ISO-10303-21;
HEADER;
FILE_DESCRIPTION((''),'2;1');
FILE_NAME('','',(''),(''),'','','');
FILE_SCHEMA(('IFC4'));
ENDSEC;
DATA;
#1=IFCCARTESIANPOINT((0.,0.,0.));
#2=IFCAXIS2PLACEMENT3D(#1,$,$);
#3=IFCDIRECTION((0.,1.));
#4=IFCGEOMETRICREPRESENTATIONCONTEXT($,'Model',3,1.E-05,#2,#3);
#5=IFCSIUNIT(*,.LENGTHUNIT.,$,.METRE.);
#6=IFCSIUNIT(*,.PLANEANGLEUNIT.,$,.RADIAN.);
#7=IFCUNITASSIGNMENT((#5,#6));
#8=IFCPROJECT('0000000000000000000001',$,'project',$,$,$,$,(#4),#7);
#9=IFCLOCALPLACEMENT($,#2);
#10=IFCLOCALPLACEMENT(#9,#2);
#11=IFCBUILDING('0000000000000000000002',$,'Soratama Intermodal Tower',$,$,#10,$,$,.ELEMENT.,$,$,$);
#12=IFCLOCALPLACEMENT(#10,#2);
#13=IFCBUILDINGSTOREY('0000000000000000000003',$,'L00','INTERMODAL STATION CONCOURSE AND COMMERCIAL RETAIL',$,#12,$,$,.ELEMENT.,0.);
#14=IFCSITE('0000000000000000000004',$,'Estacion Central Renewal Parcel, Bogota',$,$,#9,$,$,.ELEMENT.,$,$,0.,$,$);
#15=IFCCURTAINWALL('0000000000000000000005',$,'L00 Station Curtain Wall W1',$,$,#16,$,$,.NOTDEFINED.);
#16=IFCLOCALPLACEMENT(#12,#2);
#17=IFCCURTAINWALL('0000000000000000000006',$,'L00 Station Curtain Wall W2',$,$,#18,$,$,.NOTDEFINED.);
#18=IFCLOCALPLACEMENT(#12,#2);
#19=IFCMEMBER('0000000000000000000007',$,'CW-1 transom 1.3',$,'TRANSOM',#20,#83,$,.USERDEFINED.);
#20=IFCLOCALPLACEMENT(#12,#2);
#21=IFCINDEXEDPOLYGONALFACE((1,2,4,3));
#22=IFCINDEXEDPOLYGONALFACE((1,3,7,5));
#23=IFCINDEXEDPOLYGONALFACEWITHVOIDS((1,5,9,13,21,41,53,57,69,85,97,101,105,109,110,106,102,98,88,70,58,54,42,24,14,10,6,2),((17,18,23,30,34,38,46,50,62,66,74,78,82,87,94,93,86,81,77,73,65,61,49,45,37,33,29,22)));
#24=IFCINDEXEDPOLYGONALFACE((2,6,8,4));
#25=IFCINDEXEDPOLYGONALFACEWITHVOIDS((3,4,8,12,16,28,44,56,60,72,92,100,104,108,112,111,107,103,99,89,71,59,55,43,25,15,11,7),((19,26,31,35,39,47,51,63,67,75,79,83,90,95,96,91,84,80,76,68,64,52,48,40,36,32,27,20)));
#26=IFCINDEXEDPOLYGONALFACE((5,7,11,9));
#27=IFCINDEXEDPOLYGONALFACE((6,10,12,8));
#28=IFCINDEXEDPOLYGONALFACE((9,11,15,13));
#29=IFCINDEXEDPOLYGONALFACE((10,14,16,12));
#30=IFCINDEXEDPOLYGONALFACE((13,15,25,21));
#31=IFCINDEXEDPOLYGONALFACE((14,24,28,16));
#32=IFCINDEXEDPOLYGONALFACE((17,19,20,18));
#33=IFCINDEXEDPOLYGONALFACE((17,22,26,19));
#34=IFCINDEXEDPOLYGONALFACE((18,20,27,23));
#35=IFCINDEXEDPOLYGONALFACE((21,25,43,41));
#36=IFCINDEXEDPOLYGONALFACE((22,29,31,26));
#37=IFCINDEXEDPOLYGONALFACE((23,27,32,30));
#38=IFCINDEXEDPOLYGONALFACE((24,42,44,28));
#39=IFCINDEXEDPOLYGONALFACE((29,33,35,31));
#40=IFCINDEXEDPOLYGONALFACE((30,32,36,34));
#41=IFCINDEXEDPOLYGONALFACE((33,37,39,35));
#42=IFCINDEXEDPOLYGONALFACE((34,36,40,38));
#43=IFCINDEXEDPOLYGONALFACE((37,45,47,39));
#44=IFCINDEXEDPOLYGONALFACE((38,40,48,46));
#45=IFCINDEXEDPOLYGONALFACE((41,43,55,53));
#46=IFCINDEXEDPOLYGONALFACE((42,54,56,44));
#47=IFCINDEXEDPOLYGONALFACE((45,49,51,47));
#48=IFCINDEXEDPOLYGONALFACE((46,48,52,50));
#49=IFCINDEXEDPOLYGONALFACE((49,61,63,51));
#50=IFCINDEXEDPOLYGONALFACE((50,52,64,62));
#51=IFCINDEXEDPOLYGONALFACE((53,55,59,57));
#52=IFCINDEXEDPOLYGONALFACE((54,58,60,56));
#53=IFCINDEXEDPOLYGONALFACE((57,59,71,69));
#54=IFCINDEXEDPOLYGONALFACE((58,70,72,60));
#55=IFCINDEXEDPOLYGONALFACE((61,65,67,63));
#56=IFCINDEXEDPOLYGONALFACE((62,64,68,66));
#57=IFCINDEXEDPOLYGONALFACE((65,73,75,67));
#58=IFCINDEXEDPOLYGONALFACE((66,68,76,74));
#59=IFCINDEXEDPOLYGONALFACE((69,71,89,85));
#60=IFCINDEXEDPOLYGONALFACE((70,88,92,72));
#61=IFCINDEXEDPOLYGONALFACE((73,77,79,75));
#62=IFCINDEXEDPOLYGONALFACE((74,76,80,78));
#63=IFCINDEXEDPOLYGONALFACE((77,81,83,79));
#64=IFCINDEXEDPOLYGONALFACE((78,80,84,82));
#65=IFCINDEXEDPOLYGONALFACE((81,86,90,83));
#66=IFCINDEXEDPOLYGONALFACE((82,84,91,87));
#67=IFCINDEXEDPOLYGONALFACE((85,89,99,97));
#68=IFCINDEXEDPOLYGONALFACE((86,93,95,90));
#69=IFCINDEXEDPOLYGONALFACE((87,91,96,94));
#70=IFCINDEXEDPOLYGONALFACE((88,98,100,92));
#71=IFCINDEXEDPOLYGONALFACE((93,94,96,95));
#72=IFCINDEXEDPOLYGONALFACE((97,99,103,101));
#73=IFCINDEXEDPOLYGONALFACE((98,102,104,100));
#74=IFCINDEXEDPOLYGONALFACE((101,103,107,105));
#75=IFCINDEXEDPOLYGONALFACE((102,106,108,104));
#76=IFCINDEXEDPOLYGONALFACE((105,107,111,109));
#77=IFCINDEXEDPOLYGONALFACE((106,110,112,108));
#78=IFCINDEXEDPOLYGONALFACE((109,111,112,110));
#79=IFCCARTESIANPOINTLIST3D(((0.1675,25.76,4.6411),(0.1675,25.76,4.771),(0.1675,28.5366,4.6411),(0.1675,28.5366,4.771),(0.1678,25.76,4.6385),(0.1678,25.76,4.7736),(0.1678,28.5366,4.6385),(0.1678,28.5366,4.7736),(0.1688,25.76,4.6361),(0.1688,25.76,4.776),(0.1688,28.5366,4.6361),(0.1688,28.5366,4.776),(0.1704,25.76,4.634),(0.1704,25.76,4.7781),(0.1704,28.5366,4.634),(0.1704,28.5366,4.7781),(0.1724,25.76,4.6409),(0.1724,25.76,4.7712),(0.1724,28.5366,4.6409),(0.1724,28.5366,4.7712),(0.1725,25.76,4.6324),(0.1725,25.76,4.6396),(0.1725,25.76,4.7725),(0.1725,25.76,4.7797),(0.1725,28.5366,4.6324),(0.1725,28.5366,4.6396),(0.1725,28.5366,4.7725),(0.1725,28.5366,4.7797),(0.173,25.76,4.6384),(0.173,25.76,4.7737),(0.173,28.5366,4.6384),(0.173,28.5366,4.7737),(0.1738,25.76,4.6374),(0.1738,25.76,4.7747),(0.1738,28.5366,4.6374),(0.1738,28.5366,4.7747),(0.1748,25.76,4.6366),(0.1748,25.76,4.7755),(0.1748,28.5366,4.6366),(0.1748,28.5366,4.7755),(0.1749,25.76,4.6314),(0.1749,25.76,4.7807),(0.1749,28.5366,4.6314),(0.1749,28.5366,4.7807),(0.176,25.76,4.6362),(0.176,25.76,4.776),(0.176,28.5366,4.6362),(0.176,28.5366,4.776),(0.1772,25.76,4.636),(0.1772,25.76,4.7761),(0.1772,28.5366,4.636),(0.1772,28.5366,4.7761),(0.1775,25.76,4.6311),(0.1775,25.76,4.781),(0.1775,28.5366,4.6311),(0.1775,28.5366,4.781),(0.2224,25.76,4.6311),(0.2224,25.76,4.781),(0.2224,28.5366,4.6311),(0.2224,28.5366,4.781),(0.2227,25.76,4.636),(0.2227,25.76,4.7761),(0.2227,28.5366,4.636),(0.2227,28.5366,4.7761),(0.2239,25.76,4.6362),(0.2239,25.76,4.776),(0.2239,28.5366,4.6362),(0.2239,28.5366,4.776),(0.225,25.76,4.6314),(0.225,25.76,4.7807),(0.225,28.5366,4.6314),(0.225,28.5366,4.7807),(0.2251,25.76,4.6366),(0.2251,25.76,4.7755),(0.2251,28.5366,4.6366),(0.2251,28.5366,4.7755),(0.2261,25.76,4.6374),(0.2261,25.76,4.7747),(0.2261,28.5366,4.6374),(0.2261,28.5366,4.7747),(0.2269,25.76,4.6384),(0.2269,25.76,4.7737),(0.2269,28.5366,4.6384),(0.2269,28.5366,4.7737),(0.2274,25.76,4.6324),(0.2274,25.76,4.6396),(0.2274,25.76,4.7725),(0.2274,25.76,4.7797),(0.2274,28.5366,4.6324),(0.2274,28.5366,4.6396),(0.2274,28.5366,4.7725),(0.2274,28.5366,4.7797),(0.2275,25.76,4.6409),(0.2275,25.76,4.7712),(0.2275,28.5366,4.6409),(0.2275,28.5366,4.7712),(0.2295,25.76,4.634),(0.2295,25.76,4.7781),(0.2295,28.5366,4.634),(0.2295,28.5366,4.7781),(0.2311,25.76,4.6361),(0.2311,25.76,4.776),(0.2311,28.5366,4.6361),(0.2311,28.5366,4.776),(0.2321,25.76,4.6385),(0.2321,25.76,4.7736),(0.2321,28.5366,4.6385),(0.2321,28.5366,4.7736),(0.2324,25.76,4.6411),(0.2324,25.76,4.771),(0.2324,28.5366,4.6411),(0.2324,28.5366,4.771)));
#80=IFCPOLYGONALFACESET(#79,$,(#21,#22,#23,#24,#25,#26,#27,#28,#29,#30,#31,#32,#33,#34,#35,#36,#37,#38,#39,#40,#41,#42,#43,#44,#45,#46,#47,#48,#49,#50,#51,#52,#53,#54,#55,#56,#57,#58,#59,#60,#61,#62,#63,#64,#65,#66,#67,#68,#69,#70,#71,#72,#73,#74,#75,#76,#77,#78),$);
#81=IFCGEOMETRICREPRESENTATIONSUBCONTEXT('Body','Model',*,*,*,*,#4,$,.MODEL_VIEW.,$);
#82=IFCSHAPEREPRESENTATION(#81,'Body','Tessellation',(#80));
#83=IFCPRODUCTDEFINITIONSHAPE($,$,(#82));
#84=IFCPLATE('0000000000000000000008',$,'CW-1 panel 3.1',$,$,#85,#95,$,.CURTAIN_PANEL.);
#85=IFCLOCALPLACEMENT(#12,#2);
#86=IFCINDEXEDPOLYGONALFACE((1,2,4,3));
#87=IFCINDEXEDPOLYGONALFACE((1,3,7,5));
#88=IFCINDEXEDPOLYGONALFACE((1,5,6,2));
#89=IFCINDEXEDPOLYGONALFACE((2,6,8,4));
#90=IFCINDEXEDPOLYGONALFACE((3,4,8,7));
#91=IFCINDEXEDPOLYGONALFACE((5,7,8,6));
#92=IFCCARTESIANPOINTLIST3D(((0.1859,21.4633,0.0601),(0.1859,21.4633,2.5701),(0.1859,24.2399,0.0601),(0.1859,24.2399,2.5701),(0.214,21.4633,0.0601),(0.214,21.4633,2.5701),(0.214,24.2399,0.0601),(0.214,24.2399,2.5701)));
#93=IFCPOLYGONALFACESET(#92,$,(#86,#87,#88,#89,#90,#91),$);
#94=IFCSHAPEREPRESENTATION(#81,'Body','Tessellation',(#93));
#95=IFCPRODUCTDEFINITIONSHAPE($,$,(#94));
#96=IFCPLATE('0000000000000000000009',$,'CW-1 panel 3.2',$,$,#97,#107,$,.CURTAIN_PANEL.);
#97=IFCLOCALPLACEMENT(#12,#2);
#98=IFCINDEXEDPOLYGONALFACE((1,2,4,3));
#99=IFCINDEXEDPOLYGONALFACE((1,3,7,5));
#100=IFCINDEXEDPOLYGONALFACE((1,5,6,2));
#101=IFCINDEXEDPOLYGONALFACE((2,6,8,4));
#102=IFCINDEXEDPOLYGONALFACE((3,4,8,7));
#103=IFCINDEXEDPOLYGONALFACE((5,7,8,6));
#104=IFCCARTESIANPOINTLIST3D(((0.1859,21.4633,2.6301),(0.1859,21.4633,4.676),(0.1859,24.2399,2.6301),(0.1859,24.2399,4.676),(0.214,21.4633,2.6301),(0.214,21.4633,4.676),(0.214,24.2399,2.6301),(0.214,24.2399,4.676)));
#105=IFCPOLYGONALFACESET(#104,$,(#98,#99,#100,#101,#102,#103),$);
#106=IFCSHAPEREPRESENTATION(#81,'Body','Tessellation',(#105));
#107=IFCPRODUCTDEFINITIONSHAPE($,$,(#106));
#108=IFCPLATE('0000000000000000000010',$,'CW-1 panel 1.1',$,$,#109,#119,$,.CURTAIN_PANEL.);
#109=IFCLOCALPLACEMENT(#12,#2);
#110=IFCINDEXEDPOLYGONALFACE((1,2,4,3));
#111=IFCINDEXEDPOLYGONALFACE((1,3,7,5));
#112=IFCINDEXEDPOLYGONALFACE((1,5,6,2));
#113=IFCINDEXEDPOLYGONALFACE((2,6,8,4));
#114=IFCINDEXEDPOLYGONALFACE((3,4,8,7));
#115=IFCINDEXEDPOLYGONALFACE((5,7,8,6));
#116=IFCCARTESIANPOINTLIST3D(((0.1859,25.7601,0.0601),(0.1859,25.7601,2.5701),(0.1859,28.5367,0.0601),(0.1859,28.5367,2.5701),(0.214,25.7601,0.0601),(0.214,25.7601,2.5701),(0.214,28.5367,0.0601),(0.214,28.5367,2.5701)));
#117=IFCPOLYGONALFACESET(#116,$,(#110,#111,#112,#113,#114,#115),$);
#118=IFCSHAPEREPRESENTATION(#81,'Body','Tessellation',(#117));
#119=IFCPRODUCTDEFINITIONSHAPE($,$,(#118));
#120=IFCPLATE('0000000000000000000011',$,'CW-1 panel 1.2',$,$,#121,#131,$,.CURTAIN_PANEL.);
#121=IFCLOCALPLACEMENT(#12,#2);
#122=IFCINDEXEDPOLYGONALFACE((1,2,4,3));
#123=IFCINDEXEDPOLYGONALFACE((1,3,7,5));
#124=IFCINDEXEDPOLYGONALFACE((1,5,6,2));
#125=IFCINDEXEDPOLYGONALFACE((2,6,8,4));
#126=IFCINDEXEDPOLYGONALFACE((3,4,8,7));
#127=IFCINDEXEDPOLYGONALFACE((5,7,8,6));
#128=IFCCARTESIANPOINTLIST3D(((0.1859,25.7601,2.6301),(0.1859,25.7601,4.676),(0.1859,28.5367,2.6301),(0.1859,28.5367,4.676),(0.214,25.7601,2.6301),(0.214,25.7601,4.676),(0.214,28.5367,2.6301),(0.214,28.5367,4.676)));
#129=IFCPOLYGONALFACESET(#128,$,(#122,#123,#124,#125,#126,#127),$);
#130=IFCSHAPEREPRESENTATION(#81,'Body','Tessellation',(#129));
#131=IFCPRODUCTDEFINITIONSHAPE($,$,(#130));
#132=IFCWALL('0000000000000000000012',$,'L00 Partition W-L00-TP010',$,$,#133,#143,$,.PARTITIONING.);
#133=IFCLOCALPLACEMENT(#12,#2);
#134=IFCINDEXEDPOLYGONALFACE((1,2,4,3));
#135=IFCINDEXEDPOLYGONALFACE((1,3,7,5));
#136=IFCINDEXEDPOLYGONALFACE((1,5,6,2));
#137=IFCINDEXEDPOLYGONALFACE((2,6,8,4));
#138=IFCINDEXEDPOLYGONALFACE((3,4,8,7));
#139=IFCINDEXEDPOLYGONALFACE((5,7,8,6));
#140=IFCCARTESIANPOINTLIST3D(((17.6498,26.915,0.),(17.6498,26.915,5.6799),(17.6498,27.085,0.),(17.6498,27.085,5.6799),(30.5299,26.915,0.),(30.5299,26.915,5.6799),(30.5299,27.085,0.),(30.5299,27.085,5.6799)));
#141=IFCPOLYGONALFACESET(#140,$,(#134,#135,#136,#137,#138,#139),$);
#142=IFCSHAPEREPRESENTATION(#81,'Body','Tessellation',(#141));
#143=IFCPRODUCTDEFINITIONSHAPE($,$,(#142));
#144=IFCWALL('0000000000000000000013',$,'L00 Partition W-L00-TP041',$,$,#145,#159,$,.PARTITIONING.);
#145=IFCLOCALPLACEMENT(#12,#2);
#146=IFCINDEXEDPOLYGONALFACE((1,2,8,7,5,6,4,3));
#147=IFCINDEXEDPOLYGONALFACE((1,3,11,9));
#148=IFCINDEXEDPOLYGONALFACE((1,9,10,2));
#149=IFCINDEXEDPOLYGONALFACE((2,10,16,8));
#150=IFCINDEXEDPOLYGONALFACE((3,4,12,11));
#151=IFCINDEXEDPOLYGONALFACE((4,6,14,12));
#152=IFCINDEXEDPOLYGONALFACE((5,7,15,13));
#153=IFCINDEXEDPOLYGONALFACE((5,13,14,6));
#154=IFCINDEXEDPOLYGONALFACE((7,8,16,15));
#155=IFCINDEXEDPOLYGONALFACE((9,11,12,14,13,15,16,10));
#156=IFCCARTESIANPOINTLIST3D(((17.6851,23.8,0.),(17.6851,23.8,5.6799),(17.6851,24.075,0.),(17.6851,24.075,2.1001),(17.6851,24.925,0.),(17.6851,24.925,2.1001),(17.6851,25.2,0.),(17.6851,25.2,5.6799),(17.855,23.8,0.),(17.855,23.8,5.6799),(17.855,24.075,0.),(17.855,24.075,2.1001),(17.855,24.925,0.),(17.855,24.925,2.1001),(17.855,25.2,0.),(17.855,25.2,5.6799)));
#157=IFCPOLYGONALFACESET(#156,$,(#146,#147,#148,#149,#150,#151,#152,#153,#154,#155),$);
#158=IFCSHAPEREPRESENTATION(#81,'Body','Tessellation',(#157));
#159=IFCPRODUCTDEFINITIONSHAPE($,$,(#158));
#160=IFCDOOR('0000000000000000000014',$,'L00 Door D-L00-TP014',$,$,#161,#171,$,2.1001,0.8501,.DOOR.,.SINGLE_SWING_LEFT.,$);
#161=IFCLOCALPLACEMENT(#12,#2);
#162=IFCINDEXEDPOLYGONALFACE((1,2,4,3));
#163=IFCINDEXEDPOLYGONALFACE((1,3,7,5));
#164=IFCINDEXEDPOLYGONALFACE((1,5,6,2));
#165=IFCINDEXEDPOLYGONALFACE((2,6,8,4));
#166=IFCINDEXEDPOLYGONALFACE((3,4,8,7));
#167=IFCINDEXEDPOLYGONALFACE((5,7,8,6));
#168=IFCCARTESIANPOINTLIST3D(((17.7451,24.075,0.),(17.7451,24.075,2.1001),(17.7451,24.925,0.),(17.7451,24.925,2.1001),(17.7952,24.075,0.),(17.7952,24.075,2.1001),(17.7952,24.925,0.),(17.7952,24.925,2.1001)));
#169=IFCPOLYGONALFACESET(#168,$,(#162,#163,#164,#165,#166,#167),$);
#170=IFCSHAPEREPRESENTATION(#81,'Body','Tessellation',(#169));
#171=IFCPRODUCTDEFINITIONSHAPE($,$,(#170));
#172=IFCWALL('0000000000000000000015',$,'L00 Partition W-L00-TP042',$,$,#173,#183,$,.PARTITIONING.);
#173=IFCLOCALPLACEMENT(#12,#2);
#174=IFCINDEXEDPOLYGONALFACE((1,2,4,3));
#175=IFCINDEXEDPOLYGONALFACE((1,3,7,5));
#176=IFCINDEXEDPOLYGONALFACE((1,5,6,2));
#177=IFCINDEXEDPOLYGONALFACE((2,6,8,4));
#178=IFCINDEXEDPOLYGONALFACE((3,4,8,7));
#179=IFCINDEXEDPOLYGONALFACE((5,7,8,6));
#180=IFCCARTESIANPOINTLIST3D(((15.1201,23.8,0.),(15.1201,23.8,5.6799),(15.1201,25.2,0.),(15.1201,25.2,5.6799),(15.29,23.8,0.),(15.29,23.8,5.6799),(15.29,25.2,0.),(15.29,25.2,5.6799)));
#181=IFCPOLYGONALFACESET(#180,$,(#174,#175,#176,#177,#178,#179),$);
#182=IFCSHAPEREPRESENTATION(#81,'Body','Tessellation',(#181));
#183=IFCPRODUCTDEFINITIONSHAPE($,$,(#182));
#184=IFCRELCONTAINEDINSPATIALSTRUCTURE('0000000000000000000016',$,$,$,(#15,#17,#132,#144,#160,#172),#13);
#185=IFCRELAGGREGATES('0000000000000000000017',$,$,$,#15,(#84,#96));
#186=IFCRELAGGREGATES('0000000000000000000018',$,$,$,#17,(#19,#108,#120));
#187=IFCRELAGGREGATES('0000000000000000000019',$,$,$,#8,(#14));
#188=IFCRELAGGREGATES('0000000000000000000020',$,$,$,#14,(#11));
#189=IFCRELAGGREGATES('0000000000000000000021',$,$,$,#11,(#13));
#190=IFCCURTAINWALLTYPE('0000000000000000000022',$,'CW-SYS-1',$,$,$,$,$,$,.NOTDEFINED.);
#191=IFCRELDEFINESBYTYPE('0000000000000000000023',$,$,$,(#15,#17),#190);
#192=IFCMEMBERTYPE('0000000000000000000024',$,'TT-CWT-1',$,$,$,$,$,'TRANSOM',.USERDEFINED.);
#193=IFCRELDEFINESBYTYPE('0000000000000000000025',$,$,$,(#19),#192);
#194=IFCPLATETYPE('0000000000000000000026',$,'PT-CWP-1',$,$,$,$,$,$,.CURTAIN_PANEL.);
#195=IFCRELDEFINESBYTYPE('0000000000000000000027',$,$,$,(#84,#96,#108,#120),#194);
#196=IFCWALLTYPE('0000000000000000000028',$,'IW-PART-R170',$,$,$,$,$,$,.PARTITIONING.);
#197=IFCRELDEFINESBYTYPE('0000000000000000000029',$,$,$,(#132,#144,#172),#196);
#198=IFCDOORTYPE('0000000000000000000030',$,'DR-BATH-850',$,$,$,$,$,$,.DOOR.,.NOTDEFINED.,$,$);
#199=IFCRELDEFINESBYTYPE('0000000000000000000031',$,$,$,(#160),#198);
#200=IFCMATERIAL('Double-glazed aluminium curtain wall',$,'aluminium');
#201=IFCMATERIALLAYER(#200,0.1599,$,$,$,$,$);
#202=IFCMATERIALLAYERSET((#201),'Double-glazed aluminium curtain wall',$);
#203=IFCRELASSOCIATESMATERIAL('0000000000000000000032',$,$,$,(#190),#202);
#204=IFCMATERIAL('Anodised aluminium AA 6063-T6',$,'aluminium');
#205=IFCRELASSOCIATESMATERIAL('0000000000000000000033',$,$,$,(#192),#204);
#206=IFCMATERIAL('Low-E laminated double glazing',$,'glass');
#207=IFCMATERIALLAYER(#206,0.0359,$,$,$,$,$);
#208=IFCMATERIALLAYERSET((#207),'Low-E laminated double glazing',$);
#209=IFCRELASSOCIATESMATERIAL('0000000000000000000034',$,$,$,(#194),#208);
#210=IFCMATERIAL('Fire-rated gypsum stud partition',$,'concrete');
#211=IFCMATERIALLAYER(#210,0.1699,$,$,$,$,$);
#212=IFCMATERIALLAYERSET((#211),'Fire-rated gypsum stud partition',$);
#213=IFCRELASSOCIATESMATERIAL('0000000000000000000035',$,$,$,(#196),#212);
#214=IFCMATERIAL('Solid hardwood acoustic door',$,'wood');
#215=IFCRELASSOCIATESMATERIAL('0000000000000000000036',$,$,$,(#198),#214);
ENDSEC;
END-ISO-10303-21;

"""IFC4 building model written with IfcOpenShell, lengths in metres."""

from ifc_helpers import new_model, si_unit, direction, frame, frame_2d, origin, origin_2d, place, context, subcontext, project, spatial, rectangle, hollow_rectangle, extrude, material, layer, layer_set, material_profile, profile_set, type_object, element, fill, aggregate, save


model = new_model("IFC4")

# Units and contexts
model_context = context("Model", 3, precision=1e-05, world=origin(), true_north=direction((0.0, 1.0)))
body_context = subcontext(model_context, "Body", "Model", "MODEL_VIEW")
ifc_project = project(units=[si_unit("LENGTHUNIT", "METRE"), si_unit("PLANEANGLEUNIT", "RADIAN")], contexts=[model_context])

# Site, building, storey
site_placement = place(None, origin())
site = spatial("IfcSite", under=ifc_project, at=site_placement, Name="Estacion Central Renewal Parcel, Bogota", CompositionType="ELEMENT", RefElevation=0.0)
building_placement = place(site_placement, origin())
building = spatial("IfcBuilding", under=site, at=building_placement, Name="Soratama Intermodal Tower", CompositionType="ELEMENT")
storey_placement = place(building_placement, origin())
storey = spatial("IfcBuildingStorey", under=building, at=storey_placement, Name="L00", Description="INTERMODAL STATION CONCOURSE AND COMMERCIAL RETAIL", CompositionType="ELEMENT", Elevation=0.0)

# Curtain walls
ifc_material_1 = material(Name="Double-glazed aluminium curtain wall", Category="aluminium")
ifc_layer_1 = layer(ifc_material_1, 0.1599)
ifc_layer_set_1 = layer_set([ifc_layer_1], Name="Double-glazed aluminium curtain wall")
curtain_wall_type = type_object("IfcCurtainWallType", Name="CW-SYS-1", PredefinedType="NOTDEFINED", material=ifc_layer_set_1)
curtain_wall_1_placement = place(storey_placement, origin())
curtain_wall_1 = element("IfcCurtainWall", 1, at=curtain_wall_1_placement, inside=storey, type_object=curtain_wall_type, Name="L00 Station Curtain Wall W1", PredefinedType="NOTDEFINED")
curtain_wall_2_placement = place(storey_placement, origin())
curtain_wall_2 = element("IfcCurtainWall", 2, at=curtain_wall_2_placement, inside=storey, type_object=curtain_wall_type, Name="L00 Station Curtain Wall W2", PredefinedType="NOTDEFINED")

# Member
ifc_material_2 = material(Name="Anodised aluminium AA 6063-T6", Category="aluminium")
ifc_material_profile_1 = material_profile(ifc_material_2, hollow_rectangle(XDim=0.0649, YDim=0.1499, WallThickness=0.0049, InnerFilletRadius=0.0049, OuterFilletRadius=0.01, at=origin_2d()), Name="CWT150X65X5")
ifc_profile_set_1 = profile_set([ifc_material_profile_1], Name="Anodised aluminium AA 6063-T6")
member_type_1 = type_object("IfcMemberType", Name="TT-CWT-1", ElementType="TRANSOM", PredefinedType="USERDEFINED", material=ifc_profile_set_1)
member_1_placement = place(storey_placement, frame((0.2, 25.76, 4.7061), z_axis=(0.0, 1.0, 0.0), x_axis=(-1.0, 0.0, 0.0)))
member_1 = element("IfcMember", 3, at=member_1_placement, type_object=member_type_1, Name="CW-1 transom 1.3", ObjectType="TRANSOM", PredefinedType="USERDEFINED", context=body_context, shape_type="SweptSolid", body=[
    extrude(hollow_rectangle(XDim=0.0649, YDim=0.1499, WallThickness=0.0049, InnerFilletRadius=0.0049, OuterFilletRadius=0.01, at=origin_2d()), origin(), (0.0, 0.0, 1.0), 2.7766),
])

# Plates
ifc_material_3 = material(Name="Low-E laminated double glazing", Category="glass")
ifc_layer_2 = layer(ifc_material_3, 0.0359)
ifc_layer_set_2 = layer_set([ifc_layer_2], Name="Low-E laminated double glazing")
plate_type = type_object("IfcPlateType", Name="PT-CWP-1", PredefinedType="CURTAIN_PANEL", material=ifc_layer_set_2)
plate_1_placement = place(storey_placement, frame((0.2, 22.8516, 0.0601), z_axis=(0.0, 0.0, 1.0), x_axis=(0.0, 1.0, 0.0)))
plate_1 = element("IfcPlate", 4, at=plate_1_placement, type_object=plate_type, Name="CW-1 panel 3.1", PredefinedType="CURTAIN_PANEL", context=body_context, shape_type="SweptSolid", body=[
    extrude(rectangle(XDim=2.7766, YDim=0.0281, at=origin_2d()), origin(), (0.0, 0.0, 1.0), 2.51),
])
plate_2_placement = place(storey_placement, frame((0.2, 22.8516, 2.6301), z_axis=(0.0, 0.0, 1.0), x_axis=(0.0, 1.0, 0.0)))
plate_2 = element("IfcPlate", 5, at=plate_2_placement, type_object=plate_type, Name="CW-1 panel 3.2", PredefinedType="CURTAIN_PANEL", context=body_context, shape_type="SweptSolid", body=[
    extrude(rectangle(XDim=2.7766, YDim=0.0281, at=origin_2d()), origin(), (0.0, 0.0, 1.0), 2.0459),
])
aggregate(curtain_wall_1, [plate_1, plate_2])
plate_3_placement = place(storey_placement, frame((0.2, 27.1484, 0.0601), z_axis=(0.0, 0.0, 1.0), x_axis=(0.0, 1.0, 0.0)))
plate_3 = element("IfcPlate", 6, at=plate_3_placement, type_object=plate_type, Name="CW-1 panel 1.1", PredefinedType="CURTAIN_PANEL", context=body_context, shape_type="SweptSolid", body=[
    extrude(rectangle(XDim=2.7766, YDim=0.0281, at=origin_2d()), origin(), (0.0, 0.0, 1.0), 2.51),
])
plate_4_placement = place(storey_placement, frame((0.2, 27.1484, 2.6301), z_axis=(0.0, 0.0, 1.0), x_axis=(0.0, 1.0, 0.0)))
plate_4 = element("IfcPlate", 7, at=plate_4_placement, type_object=plate_type, Name="CW-1 panel 1.2", PredefinedType="CURTAIN_PANEL", context=body_context, shape_type="SweptSolid", body=[
    extrude(rectangle(XDim=2.7766, YDim=0.0281, at=origin_2d()), origin(), (0.0, 0.0, 1.0), 2.0459),
])
aggregate(curtain_wall_2, [member_1, plate_3, plate_4])

# Wall
ifc_material_4 = material(Name="Fire-rated gypsum stud partition", Category="concrete")
ifc_layer_3 = layer(ifc_material_4, 0.1699)
ifc_layer_set_3 = layer_set([ifc_layer_3], Name="Fire-rated gypsum stud partition")
wall_type_1 = type_object("IfcWallType", Name="IW-PART-R170", PredefinedType="PARTITIONING", material=ifc_layer_set_3)
wall_1_placement = place(storey_placement, frame((17.6499, 27.0, 0.0), z_axis=(0.0, 0.0, 1.0), x_axis=(1.0, 0.0, 0.0)))
element("IfcWall", 8, at=wall_1_placement, inside=storey, type_object=wall_type_1, Name="L00 Partition W-L00-TP010", PredefinedType="PARTITIONING", context=body_context, shape_type="SweptSolid", body=[
    extrude(rectangle(XDim=12.8801, YDim=0.1699, at=frame_2d((6.4399, 0.0))), origin(), (0.0, 0.0, 1.0), 5.6799),
])

# Wall, opening, door
wall_2_placement = place(storey_placement, frame((17.77, 23.8, 0.0), z_axis=(0.0, 0.0, 1.0), x_axis=(0.0, 1.0, 0.0)))
wall_2 = element("IfcWall", 9, at=wall_2_placement, inside=storey, type_object=wall_type_1, Name="L00 Partition W-L00-TP041", PredefinedType="PARTITIONING", context=body_context, shape_type="SweptSolid", body=[
    extrude(rectangle(XDim=1.3999, YDim=0.1699, at=frame_2d((0.7, 0.0))), origin(), (0.0, 0.0, 1.0), 5.6799),
])
opening_1_placement = place(wall_2_placement, frame((0.2749, 0.0, 0.0)))
opening_1 = element("IfcOpeningElement", 10, at=opening_1_placement, cuts=wall_2, PredefinedType="OPENING", context=body_context, shape_type="SweptSolid", body=[
    extrude(rectangle(XDim=0.8501, YDim=2.1001, at=frame_2d((0.425, 1.05))), frame((0.0, 0.095, 0.0), z_axis=(0.0, -1.0, 0.0), x_axis=(1.0, 0.0, 0.0)), (0.0, 0.0, 1.0), 0.1899),
])
ifc_material_5 = material(Name="Solid hardwood acoustic door", Category="wood")
door_type_1 = type_object("IfcDoorType", Name="DR-BATH-850", OperationType="NOTDEFINED", PredefinedType="DOOR", material=ifc_material_5)
door_1_placement = place(opening_1_placement, origin())
door_1 = element("IfcDoor", 11, at=door_1_placement, inside=storey, type_object=door_type_1, Name="L00 Door D-L00-TP014", OperationType="SINGLE_SWING_LEFT", OverallHeight=2.1001, OverallWidth=0.8501, PredefinedType="DOOR", context=body_context, shape_type="SweptSolid", body=[
    extrude(rectangle(XDim=0.8501, YDim=2.1001, at=frame_2d((0.425, 1.05))), frame((0.0, 0.0249, 0.0), z_axis=(0.0, -1.0, 0.0), x_axis=(1.0, 0.0, 0.0)), (0.0, 0.0, 1.0), 0.05),
])
fill(opening_1, door_1)

# Wall
wall_3_placement = place(storey_placement, frame((15.2051, 23.8, 0.0), z_axis=(0.0, 0.0, 1.0), x_axis=(0.0, 1.0, 0.0)))
element("IfcWall", 12, at=wall_3_placement, inside=storey, type_object=wall_type_1, Name="L00 Partition W-L00-TP042", PredefinedType="PARTITIONING", context=body_context, shape_type="SweptSolid", body=[
    extrude(rectangle(XDim=1.3999, YDim=0.1699, at=frame_2d((0.7, 0.0))), origin(), (0.0, 0.0, 1.0), 5.6799),
])

save(model, "model.ifc")
